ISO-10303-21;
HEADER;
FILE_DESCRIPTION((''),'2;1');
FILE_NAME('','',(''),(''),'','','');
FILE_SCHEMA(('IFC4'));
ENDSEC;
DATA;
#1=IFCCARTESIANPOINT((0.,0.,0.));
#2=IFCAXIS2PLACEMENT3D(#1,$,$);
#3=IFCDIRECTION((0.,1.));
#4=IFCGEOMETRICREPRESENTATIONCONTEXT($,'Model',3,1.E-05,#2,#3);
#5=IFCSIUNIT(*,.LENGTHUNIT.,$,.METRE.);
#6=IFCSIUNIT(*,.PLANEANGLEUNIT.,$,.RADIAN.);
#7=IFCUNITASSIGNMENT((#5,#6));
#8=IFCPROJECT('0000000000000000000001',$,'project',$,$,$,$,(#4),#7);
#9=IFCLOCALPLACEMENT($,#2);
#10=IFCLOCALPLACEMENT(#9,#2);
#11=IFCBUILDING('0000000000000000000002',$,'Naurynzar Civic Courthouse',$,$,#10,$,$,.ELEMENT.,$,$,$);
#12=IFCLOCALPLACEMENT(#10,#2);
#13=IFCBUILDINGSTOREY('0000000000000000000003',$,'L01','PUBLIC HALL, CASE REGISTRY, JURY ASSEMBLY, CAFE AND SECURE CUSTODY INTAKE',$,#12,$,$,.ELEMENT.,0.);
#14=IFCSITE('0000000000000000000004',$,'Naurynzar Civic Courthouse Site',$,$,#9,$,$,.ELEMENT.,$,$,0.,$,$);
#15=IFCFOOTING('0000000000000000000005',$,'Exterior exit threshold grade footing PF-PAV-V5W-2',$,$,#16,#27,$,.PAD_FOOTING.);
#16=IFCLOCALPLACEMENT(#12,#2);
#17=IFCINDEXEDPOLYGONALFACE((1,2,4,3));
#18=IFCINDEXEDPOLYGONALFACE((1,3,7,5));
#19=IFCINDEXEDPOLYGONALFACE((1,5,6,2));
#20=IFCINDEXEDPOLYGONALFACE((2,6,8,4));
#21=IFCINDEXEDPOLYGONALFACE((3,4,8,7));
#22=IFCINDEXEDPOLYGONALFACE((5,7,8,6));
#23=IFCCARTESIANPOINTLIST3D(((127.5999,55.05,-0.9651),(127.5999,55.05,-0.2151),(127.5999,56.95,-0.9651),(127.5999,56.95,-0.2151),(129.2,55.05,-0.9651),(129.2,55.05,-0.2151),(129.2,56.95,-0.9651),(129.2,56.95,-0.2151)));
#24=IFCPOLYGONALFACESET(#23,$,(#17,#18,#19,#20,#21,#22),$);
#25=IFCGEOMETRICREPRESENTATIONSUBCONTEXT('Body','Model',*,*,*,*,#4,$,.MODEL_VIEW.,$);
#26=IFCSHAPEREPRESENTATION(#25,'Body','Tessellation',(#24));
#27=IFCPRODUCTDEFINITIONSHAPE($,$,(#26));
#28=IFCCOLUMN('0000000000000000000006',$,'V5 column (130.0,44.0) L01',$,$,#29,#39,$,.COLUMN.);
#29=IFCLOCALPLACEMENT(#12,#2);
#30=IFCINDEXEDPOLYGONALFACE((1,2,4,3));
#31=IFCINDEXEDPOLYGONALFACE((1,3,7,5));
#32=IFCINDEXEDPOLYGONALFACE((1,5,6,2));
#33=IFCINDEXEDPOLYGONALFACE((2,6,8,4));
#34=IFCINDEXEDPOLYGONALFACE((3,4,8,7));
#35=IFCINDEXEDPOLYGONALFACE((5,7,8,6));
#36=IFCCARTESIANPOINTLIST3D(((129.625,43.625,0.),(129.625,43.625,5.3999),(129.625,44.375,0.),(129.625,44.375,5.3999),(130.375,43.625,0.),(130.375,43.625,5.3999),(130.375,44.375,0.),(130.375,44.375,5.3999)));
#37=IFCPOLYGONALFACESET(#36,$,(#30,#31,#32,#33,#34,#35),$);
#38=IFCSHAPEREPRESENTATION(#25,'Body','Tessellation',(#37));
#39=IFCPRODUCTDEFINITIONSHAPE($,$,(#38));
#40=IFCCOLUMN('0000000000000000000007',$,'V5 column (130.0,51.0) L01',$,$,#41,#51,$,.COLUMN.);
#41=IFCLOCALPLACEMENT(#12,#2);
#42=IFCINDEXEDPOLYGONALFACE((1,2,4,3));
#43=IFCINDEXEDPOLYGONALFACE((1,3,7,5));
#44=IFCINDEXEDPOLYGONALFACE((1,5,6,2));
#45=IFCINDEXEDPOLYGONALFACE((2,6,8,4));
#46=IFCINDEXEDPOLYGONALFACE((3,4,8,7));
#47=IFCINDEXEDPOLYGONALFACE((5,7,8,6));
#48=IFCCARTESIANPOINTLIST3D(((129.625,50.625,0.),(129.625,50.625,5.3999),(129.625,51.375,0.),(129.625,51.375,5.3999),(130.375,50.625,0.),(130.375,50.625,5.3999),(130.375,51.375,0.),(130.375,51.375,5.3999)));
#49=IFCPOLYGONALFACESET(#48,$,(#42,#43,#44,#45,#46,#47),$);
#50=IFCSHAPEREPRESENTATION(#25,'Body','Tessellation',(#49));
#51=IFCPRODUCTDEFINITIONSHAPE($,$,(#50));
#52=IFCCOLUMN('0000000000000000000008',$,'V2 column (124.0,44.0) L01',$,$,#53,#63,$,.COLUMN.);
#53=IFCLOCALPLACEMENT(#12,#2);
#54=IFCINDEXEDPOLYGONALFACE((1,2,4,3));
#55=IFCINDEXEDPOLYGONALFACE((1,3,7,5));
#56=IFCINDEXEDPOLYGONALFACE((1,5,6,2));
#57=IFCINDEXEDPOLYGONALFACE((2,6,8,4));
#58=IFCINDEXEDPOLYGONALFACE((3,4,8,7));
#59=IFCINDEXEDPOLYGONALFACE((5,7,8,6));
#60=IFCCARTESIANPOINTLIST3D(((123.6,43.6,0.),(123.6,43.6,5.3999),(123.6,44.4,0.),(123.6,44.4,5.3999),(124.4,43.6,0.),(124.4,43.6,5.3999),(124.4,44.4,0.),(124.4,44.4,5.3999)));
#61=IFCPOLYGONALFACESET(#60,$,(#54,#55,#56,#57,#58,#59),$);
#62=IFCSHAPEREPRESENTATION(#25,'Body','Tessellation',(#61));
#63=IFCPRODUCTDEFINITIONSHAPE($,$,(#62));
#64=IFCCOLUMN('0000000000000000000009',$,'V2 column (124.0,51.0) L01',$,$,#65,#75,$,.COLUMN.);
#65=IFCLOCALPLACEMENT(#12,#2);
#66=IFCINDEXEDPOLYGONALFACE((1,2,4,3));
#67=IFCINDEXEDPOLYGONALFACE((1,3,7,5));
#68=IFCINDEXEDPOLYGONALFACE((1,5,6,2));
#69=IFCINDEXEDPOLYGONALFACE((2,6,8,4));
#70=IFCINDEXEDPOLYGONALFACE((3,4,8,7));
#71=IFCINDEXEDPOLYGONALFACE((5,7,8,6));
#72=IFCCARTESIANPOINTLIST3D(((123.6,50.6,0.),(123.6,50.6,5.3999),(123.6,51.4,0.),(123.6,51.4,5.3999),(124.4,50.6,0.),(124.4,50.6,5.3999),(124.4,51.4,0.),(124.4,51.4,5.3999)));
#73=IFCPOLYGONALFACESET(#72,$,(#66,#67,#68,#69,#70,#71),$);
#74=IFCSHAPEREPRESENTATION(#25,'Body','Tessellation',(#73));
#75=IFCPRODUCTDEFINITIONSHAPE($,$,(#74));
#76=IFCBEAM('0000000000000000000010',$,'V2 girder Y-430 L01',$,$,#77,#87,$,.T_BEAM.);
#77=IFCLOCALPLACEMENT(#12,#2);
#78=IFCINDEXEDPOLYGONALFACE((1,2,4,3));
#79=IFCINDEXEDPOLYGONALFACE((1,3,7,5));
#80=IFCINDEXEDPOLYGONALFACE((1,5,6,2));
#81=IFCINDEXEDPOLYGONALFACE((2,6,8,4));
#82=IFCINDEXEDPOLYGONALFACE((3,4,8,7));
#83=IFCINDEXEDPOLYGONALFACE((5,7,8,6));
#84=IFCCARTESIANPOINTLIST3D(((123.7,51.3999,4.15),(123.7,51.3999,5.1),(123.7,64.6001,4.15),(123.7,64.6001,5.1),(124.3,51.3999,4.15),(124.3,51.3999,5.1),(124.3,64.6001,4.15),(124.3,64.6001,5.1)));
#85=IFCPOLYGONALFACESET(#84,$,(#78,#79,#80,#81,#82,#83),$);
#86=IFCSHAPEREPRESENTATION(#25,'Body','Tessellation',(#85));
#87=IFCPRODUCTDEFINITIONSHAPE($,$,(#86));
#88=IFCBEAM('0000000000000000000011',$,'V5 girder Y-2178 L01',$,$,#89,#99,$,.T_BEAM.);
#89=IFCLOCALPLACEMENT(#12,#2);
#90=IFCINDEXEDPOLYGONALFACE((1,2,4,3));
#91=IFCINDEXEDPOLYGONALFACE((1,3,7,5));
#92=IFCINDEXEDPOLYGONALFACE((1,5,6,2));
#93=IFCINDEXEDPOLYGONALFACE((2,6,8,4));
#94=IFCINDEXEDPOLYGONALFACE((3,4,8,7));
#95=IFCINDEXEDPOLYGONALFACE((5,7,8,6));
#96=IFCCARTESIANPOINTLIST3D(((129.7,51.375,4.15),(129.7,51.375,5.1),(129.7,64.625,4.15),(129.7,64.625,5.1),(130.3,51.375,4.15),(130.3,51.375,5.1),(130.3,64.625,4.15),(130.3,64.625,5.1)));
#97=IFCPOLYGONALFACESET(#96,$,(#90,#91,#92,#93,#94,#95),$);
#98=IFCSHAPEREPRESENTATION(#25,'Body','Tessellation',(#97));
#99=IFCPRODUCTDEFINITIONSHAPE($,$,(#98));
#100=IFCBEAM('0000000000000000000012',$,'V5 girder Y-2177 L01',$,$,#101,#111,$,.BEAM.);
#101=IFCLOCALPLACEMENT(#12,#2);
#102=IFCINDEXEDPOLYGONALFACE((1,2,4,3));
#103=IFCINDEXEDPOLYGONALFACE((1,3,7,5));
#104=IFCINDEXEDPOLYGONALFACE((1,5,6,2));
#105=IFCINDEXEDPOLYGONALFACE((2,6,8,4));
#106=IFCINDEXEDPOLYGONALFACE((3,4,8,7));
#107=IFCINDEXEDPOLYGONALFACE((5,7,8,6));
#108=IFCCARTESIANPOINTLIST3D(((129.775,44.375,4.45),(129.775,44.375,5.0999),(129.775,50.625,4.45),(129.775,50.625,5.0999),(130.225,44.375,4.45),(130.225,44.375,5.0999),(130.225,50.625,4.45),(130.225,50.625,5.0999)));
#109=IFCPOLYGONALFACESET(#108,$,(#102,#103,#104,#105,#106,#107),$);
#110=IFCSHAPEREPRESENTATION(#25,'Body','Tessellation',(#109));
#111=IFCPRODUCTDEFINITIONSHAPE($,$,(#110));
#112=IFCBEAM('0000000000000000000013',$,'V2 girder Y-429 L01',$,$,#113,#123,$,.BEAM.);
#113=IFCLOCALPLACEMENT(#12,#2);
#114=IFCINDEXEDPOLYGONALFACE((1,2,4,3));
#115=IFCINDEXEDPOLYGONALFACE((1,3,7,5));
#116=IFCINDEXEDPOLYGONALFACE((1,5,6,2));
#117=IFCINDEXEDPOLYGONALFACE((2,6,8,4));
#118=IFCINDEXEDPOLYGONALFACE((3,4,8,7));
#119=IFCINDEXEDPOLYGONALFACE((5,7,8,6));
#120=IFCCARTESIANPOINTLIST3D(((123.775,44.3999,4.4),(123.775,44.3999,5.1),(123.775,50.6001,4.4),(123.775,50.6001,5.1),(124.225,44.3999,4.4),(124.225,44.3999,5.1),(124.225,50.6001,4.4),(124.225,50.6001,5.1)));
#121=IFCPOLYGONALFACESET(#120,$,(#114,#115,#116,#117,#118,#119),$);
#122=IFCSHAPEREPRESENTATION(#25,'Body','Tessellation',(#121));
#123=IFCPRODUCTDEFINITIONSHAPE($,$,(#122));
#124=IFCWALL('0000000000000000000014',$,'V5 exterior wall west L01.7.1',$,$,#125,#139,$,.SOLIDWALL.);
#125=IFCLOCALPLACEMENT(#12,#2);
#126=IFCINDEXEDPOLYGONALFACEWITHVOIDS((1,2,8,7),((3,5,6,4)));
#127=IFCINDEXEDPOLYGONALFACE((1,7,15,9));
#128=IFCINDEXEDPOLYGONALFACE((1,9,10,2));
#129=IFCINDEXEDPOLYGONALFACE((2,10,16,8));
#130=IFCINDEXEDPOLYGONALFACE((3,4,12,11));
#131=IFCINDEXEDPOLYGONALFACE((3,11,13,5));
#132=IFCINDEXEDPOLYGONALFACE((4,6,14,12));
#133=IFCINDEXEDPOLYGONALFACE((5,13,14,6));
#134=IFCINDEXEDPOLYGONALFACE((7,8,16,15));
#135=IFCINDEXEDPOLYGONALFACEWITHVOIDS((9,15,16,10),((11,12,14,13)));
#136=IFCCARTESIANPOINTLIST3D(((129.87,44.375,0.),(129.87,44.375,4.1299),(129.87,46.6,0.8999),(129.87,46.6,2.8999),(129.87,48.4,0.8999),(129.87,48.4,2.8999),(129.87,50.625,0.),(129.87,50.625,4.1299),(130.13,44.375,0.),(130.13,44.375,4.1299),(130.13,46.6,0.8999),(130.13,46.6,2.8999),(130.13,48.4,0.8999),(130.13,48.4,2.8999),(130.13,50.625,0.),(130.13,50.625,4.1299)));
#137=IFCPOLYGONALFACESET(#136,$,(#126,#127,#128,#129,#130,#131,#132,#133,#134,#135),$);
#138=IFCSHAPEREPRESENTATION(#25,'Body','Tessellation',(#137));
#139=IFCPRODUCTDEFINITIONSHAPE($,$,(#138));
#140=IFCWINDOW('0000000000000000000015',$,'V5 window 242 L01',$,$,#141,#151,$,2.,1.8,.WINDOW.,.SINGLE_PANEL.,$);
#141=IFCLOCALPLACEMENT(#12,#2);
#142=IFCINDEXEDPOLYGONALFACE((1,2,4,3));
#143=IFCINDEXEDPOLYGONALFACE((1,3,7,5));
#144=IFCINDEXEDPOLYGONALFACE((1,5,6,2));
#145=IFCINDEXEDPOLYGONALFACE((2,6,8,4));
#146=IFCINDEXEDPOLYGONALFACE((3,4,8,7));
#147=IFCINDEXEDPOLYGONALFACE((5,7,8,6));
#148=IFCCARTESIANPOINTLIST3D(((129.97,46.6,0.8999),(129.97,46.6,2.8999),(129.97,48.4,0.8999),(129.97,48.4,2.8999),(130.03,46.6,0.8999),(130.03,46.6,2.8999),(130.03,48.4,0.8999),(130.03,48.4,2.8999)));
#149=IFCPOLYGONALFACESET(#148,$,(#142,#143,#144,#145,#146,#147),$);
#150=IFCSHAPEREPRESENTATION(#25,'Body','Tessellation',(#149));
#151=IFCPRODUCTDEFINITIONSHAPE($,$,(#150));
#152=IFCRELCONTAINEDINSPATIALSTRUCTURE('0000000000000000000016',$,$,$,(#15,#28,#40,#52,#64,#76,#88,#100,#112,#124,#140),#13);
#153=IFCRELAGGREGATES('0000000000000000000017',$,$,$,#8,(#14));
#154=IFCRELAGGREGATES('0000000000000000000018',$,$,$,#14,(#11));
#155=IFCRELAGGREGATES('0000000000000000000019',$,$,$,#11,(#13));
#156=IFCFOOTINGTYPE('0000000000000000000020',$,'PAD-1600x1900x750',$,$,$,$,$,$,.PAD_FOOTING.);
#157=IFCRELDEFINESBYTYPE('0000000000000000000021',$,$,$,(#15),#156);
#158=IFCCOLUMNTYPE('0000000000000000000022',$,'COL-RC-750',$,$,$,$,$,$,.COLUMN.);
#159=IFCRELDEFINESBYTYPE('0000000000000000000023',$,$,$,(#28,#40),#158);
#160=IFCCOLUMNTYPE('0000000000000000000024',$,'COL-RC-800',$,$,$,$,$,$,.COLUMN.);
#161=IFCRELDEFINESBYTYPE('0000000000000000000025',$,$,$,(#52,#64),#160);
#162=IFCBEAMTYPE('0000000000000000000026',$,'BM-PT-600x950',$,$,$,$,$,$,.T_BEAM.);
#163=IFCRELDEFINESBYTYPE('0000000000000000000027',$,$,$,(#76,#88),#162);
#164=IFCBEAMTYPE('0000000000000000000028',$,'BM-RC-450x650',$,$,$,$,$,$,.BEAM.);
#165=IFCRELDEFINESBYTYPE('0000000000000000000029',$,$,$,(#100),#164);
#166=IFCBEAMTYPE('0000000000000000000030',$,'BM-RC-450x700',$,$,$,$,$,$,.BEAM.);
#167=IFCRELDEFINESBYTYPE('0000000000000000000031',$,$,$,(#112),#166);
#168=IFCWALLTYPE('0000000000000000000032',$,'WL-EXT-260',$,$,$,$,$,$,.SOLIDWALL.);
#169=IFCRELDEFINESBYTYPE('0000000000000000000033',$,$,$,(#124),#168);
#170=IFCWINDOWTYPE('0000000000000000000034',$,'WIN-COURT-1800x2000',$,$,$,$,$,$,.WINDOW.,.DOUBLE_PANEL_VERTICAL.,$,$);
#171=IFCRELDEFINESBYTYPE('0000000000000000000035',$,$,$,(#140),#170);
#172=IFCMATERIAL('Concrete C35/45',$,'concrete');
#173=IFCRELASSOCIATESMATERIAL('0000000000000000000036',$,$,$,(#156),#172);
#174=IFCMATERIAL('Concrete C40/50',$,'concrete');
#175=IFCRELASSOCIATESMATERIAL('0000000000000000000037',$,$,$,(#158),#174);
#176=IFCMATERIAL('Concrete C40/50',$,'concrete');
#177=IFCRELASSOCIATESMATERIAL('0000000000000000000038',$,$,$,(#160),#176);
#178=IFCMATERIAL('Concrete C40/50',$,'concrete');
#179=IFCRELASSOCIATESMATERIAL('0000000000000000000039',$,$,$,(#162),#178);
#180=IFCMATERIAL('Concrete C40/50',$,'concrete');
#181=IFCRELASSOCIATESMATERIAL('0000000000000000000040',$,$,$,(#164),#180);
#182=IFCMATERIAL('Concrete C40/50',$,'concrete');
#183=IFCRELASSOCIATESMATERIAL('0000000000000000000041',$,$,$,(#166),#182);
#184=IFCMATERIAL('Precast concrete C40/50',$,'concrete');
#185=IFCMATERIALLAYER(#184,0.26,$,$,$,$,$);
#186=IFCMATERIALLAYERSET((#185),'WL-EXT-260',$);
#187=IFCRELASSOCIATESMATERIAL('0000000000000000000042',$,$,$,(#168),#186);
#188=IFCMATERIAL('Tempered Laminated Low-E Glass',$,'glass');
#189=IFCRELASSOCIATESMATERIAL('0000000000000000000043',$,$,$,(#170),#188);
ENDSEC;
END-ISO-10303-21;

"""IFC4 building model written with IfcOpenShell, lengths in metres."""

from ifc_helpers import new_model, si_unit, direction, frame, frame_2d, origin, origin_2d, place, context, subcontext, project, spatial, rectangle, extrude, material, layer, layer_set, material_profile, profile_set, type_object, element, fill, save


model = new_model("IFC4")

# Units and contexts
model_context = context("Model", 3, precision=1e-05, world=origin(), true_north=direction((0.0, 1.0)))
body_context = subcontext(model_context, "Body", "Model", "MODEL_VIEW")
ifc_project = project(units=[si_unit("LENGTHUNIT", "METRE"), si_unit("PLANEANGLEUNIT", "RADIAN")], contexts=[model_context])

# Site, building, storey
site_placement = place(None, origin())
site = spatial("IfcSite", under=ifc_project, at=site_placement, Name="Naurynzar Civic Courthouse Site", CompositionType="ELEMENT", RefElevation=0.0)
building_placement = place(site_placement, origin())
building = spatial("IfcBuilding", under=site, at=building_placement, Name="Naurynzar Civic Courthouse", CompositionType="ELEMENT")
storey_placement = place(building_placement, origin())
storey = spatial("IfcBuildingStorey", under=building, at=storey_placement, Name="L01", Description="PUBLIC HALL, CASE REGISTRY, JURY ASSEMBLY, CAFE AND SECURE CUSTODY INTAKE", CompositionType="ELEMENT", Elevation=0.0)

# Footing
ifc_material_1 = material(Name="Concrete C35/45", Category="concrete")
footing_type = type_object("IfcFootingType", Name="PAD-1600x1900x750", PredefinedType="PAD_FOOTING", material=ifc_material_1)
footing_placement = place(storey_placement, frame((128.3999, 56.0, -0.9651), z_axis=(0.0, 0.0, 1.0), x_axis=(1.0, 0.0, 0.0)))
element("IfcFooting", 1, at=footing_placement, inside=storey, type_object=footing_type, Name="Exterior exit threshold grade footing PF-PAV-V5W-2", PredefinedType="PAD_FOOTING", context=body_context, shape_type="SweptSolid", body=[
    extrude(rectangle(XDim=1.6001, YDim=1.8999, at=origin_2d()), origin(), (0.0, 0.0, 1.0), 0.75),
])

# Columns
ifc_material_2 = material(Name="Concrete C40/50", Category="concrete")
ifc_material_profile_1 = material_profile(ifc_material_2, rectangle(XDim=0.75, YDim=0.75, at=origin_2d()), Name="RC 750x750")
ifc_profile_set_1 = profile_set([ifc_material_profile_1], Name="Concrete C40/50")
column_type_1 = type_object("IfcColumnType", Name="COL-RC-750", PredefinedType="COLUMN", material=ifc_profile_set_1)
for number, where, z_axis, x_axis, name in (
    (2, (130.0, 44.0, 0.0), (0.0, 0.0, 1.0), (1.0, 0.0, 0.0), "V5 column (130.0,44.0) L01"),
    (3, (130.0, 51.0, 0.0), (0.0, 0.0, 1.0), (1.0, 0.0, 0.0), "V5 column (130.0,51.0) L01"),
):
    element("IfcColumn", number, at=place(storey_placement, frame(where, z_axis=z_axis, x_axis=x_axis)), inside=storey, type_object=column_type_1, Name=name, PredefinedType="COLUMN", context=body_context, shape_type="SweptSolid", body=[
        extrude(rectangle(XDim=0.75, YDim=0.75, at=origin_2d()), origin(), (0.0, 0.0, 1.0), 5.3999),
    ])
ifc_material_3 = material(Name="Concrete C40/50", Category="concrete")
ifc_material_profile_2 = material_profile(ifc_material_3, rectangle(XDim=0.8, YDim=0.8, at=origin_2d()), Name="RC 800x800")
ifc_profile_set_2 = profile_set([ifc_material_profile_2], Name="Concrete C40/50")
column_type_2 = type_object("IfcColumnType", Name="COL-RC-800", PredefinedType="COLUMN", material=ifc_profile_set_2)
for number, where, z_axis, x_axis, name in (
    (4, (124.0, 44.0, 0.0), (0.0, 0.0, 1.0), (1.0, 0.0, 0.0), "V2 column (124.0,44.0) L01"),
    (5, (124.0, 51.0, 0.0), (0.0, 0.0, 1.0), (1.0, 0.0, 0.0), "V2 column (124.0,51.0) L01"),
):
    element("IfcColumn", number, at=place(storey_placement, frame(where, z_axis=z_axis, x_axis=x_axis)), inside=storey, type_object=column_type_2, Name=name, PredefinedType="COLUMN", context=body_context, shape_type="SweptSolid", body=[
        extrude(rectangle(XDim=0.8, YDim=0.8, at=origin_2d()), origin(), (0.0, 0.0, 1.0), 5.3999),
    ])

# Beams
ifc_material_4 = material(Name="Concrete C40/50", Category="concrete")
ifc_material_profile_3 = material_profile(ifc_material_4, rectangle(XDim=0.6001, YDim=0.95, at=origin_2d()), Name="PTB 600x950")
ifc_profile_set_3 = profile_set([ifc_material_profile_3], Name="Concrete C40/50")
beam_type_1 = type_object("IfcBeamType", Name="BM-PT-600x950", PredefinedType="T_BEAM", material=ifc_profile_set_3)
beam_1_placement = place(storey_placement, frame((124.0, 51.3999, 4.625), z_axis=(0.0, 1.0, 0.0), x_axis=(-1.0, 0.0, 0.0)))
element("IfcBeam", 6, at=beam_1_placement, inside=storey, type_object=beam_type_1, Name="V2 girder Y-430 L01", PredefinedType="T_BEAM", context=body_context, shape_type="SweptSolid", body=[
    extrude(rectangle(XDim=0.6001, YDim=0.95, at=origin_2d()), origin(), (0.0, 0.0, 1.0), 13.2002),
])
beam_2_placement = place(storey_placement, frame((130.0, 51.375, 4.625), z_axis=(0.0, 1.0, 0.0), x_axis=(-1.0, 0.0, 0.0)))
element("IfcBeam", 7, at=beam_2_placement, inside=storey, type_object=beam_type_1, Name="V5 girder Y-2178 L01", PredefinedType="T_BEAM", context=body_context, shape_type="SweptSolid", body=[
    extrude(rectangle(XDim=0.6001, YDim=0.95, at=origin_2d()), origin(), (0.0, 0.0, 1.0), 13.25),
])
ifc_material_5 = material(Name="Concrete C40/50", Category="concrete")
ifc_material_profile_4 = material_profile(ifc_material_5, rectangle(XDim=0.45, YDim=0.6499, at=origin_2d()), Name="RCB 450x650")
ifc_profile_set_4 = profile_set([ifc_material_profile_4], Name="Concrete C40/50")
beam_type_2 = type_object("IfcBeamType", Name="BM-RC-450x650", PredefinedType="BEAM", material=ifc_profile_set_4)
beam_3_placement = place(storey_placement, frame((130.0, 44.375, 4.7749), z_axis=(0.0, 1.0, 0.0), x_axis=(-1.0, 0.0, 0.0)))
element("IfcBeam", 8, at=beam_3_placement, inside=storey, type_object=beam_type_2, Name="V5 girder Y-2177 L01", PredefinedType="BEAM", context=body_context, shape_type="SweptSolid", body=[
    extrude(rectangle(XDim=0.45, YDim=0.6499, at=origin_2d()), origin(), (0.0, 0.0, 1.0), 6.25),
])
ifc_material_6 = material(Name="Concrete C40/50", Category="concrete")
ifc_material_profile_5 = material_profile(ifc_material_6, rectangle(XDim=0.45, YDim=0.7, at=origin_2d()), Name="RCB 450x700")
ifc_profile_set_5 = profile_set([ifc_material_profile_5], Name="Concrete C40/50")
beam_type_3 = type_object("IfcBeamType", Name="BM-RC-450x700", PredefinedType="BEAM", material=ifc_profile_set_5)
beam_4_placement = place(storey_placement, frame((124.0, 44.3999, 4.75), z_axis=(0.0, 1.0, 0.0), x_axis=(-1.0, 0.0, 0.0)))
element("IfcBeam", 9, at=beam_4_placement, inside=storey, type_object=beam_type_3, Name="V2 girder Y-429 L01", PredefinedType="BEAM", context=body_context, shape_type="SweptSolid", body=[
    extrude(rectangle(XDim=0.45, YDim=0.7, at=origin_2d()), origin(), (0.0, 0.0, 1.0), 6.2002),
])

# Wall, opening, window
ifc_material_7 = material(Name="Precast concrete C40/50", Category="concrete")
ifc_layer_1 = layer(ifc_material_7, 0.26)
ifc_layer_set_1 = layer_set([ifc_layer_1], Name="WL-EXT-260")
wall_type_1 = type_object("IfcWallType", Name="WL-EXT-260", PredefinedType="SOLIDWALL", material=ifc_layer_set_1)
wall_1_placement = place(storey_placement, frame((130.0, 44.375, 0.0), z_axis=(0.0, 0.0, 1.0), x_axis=(0.0, 1.0, 0.0)))
wall_1 = element("IfcWall", 10, at=wall_1_placement, inside=storey, type_object=wall_type_1, Name="V5 exterior wall west L01.7.1", PredefinedType="SOLIDWALL", context=body_context, shape_type="SweptSolid", body=[
    extrude(rectangle(XDim=6.25, YDim=0.26, at=frame_2d((3.125, 0.0))), origin(), (0.0, 0.0, 1.0), 4.1299),
])
opening_1_placement = place(wall_1_placement, frame((2.2251, 0.0, 0.8999)))
opening_1 = element("IfcOpeningElement", 11, at=opening_1_placement, cuts=wall_1, PredefinedType="OPENING", context=body_context, shape_type="SweptSolid", body=[
    extrude(rectangle(XDim=1.8, YDim=2.0, at=frame_2d((0.8999, 1.0))), frame((0.0, 0.1399, 0.0), z_axis=(0.0, -1.0, 0.0), x_axis=(1.0, 0.0, 0.0)), (0.0, 0.0, 1.0), 0.28),
])
ifc_material_8 = material(Name="Tempered Laminated Low-E Glass", Category="glass")
window_type = type_object("IfcWindowType", Name="WIN-COURT-1800x2000", PartitioningType="DOUBLE_PANEL_VERTICAL", PredefinedType="WINDOW", material=ifc_material_8)
window_1_placement = place(opening_1_placement, origin())
window_1 = element("IfcWindow", 12, at=window_1_placement, inside=storey, type_object=window_type, Name="V5 window 242 L01", OverallHeight=2.0, OverallWidth=1.8, PartitioningType="SINGLE_PANEL", PredefinedType="WINDOW", context=body_context, shape_type="SweptSolid", body=[
    extrude(rectangle(XDim=1.8, YDim=2.0, at=frame_2d((0.8999, 1.0))), frame((0.0, 0.03, 0.0), z_axis=(0.0, -1.0, 0.0), x_axis=(1.0, 0.0, 0.0)), (0.0, 0.0, 1.0), 0.0601),
])
fill(opening_1, window_1)

save(model, "model.ifc")
